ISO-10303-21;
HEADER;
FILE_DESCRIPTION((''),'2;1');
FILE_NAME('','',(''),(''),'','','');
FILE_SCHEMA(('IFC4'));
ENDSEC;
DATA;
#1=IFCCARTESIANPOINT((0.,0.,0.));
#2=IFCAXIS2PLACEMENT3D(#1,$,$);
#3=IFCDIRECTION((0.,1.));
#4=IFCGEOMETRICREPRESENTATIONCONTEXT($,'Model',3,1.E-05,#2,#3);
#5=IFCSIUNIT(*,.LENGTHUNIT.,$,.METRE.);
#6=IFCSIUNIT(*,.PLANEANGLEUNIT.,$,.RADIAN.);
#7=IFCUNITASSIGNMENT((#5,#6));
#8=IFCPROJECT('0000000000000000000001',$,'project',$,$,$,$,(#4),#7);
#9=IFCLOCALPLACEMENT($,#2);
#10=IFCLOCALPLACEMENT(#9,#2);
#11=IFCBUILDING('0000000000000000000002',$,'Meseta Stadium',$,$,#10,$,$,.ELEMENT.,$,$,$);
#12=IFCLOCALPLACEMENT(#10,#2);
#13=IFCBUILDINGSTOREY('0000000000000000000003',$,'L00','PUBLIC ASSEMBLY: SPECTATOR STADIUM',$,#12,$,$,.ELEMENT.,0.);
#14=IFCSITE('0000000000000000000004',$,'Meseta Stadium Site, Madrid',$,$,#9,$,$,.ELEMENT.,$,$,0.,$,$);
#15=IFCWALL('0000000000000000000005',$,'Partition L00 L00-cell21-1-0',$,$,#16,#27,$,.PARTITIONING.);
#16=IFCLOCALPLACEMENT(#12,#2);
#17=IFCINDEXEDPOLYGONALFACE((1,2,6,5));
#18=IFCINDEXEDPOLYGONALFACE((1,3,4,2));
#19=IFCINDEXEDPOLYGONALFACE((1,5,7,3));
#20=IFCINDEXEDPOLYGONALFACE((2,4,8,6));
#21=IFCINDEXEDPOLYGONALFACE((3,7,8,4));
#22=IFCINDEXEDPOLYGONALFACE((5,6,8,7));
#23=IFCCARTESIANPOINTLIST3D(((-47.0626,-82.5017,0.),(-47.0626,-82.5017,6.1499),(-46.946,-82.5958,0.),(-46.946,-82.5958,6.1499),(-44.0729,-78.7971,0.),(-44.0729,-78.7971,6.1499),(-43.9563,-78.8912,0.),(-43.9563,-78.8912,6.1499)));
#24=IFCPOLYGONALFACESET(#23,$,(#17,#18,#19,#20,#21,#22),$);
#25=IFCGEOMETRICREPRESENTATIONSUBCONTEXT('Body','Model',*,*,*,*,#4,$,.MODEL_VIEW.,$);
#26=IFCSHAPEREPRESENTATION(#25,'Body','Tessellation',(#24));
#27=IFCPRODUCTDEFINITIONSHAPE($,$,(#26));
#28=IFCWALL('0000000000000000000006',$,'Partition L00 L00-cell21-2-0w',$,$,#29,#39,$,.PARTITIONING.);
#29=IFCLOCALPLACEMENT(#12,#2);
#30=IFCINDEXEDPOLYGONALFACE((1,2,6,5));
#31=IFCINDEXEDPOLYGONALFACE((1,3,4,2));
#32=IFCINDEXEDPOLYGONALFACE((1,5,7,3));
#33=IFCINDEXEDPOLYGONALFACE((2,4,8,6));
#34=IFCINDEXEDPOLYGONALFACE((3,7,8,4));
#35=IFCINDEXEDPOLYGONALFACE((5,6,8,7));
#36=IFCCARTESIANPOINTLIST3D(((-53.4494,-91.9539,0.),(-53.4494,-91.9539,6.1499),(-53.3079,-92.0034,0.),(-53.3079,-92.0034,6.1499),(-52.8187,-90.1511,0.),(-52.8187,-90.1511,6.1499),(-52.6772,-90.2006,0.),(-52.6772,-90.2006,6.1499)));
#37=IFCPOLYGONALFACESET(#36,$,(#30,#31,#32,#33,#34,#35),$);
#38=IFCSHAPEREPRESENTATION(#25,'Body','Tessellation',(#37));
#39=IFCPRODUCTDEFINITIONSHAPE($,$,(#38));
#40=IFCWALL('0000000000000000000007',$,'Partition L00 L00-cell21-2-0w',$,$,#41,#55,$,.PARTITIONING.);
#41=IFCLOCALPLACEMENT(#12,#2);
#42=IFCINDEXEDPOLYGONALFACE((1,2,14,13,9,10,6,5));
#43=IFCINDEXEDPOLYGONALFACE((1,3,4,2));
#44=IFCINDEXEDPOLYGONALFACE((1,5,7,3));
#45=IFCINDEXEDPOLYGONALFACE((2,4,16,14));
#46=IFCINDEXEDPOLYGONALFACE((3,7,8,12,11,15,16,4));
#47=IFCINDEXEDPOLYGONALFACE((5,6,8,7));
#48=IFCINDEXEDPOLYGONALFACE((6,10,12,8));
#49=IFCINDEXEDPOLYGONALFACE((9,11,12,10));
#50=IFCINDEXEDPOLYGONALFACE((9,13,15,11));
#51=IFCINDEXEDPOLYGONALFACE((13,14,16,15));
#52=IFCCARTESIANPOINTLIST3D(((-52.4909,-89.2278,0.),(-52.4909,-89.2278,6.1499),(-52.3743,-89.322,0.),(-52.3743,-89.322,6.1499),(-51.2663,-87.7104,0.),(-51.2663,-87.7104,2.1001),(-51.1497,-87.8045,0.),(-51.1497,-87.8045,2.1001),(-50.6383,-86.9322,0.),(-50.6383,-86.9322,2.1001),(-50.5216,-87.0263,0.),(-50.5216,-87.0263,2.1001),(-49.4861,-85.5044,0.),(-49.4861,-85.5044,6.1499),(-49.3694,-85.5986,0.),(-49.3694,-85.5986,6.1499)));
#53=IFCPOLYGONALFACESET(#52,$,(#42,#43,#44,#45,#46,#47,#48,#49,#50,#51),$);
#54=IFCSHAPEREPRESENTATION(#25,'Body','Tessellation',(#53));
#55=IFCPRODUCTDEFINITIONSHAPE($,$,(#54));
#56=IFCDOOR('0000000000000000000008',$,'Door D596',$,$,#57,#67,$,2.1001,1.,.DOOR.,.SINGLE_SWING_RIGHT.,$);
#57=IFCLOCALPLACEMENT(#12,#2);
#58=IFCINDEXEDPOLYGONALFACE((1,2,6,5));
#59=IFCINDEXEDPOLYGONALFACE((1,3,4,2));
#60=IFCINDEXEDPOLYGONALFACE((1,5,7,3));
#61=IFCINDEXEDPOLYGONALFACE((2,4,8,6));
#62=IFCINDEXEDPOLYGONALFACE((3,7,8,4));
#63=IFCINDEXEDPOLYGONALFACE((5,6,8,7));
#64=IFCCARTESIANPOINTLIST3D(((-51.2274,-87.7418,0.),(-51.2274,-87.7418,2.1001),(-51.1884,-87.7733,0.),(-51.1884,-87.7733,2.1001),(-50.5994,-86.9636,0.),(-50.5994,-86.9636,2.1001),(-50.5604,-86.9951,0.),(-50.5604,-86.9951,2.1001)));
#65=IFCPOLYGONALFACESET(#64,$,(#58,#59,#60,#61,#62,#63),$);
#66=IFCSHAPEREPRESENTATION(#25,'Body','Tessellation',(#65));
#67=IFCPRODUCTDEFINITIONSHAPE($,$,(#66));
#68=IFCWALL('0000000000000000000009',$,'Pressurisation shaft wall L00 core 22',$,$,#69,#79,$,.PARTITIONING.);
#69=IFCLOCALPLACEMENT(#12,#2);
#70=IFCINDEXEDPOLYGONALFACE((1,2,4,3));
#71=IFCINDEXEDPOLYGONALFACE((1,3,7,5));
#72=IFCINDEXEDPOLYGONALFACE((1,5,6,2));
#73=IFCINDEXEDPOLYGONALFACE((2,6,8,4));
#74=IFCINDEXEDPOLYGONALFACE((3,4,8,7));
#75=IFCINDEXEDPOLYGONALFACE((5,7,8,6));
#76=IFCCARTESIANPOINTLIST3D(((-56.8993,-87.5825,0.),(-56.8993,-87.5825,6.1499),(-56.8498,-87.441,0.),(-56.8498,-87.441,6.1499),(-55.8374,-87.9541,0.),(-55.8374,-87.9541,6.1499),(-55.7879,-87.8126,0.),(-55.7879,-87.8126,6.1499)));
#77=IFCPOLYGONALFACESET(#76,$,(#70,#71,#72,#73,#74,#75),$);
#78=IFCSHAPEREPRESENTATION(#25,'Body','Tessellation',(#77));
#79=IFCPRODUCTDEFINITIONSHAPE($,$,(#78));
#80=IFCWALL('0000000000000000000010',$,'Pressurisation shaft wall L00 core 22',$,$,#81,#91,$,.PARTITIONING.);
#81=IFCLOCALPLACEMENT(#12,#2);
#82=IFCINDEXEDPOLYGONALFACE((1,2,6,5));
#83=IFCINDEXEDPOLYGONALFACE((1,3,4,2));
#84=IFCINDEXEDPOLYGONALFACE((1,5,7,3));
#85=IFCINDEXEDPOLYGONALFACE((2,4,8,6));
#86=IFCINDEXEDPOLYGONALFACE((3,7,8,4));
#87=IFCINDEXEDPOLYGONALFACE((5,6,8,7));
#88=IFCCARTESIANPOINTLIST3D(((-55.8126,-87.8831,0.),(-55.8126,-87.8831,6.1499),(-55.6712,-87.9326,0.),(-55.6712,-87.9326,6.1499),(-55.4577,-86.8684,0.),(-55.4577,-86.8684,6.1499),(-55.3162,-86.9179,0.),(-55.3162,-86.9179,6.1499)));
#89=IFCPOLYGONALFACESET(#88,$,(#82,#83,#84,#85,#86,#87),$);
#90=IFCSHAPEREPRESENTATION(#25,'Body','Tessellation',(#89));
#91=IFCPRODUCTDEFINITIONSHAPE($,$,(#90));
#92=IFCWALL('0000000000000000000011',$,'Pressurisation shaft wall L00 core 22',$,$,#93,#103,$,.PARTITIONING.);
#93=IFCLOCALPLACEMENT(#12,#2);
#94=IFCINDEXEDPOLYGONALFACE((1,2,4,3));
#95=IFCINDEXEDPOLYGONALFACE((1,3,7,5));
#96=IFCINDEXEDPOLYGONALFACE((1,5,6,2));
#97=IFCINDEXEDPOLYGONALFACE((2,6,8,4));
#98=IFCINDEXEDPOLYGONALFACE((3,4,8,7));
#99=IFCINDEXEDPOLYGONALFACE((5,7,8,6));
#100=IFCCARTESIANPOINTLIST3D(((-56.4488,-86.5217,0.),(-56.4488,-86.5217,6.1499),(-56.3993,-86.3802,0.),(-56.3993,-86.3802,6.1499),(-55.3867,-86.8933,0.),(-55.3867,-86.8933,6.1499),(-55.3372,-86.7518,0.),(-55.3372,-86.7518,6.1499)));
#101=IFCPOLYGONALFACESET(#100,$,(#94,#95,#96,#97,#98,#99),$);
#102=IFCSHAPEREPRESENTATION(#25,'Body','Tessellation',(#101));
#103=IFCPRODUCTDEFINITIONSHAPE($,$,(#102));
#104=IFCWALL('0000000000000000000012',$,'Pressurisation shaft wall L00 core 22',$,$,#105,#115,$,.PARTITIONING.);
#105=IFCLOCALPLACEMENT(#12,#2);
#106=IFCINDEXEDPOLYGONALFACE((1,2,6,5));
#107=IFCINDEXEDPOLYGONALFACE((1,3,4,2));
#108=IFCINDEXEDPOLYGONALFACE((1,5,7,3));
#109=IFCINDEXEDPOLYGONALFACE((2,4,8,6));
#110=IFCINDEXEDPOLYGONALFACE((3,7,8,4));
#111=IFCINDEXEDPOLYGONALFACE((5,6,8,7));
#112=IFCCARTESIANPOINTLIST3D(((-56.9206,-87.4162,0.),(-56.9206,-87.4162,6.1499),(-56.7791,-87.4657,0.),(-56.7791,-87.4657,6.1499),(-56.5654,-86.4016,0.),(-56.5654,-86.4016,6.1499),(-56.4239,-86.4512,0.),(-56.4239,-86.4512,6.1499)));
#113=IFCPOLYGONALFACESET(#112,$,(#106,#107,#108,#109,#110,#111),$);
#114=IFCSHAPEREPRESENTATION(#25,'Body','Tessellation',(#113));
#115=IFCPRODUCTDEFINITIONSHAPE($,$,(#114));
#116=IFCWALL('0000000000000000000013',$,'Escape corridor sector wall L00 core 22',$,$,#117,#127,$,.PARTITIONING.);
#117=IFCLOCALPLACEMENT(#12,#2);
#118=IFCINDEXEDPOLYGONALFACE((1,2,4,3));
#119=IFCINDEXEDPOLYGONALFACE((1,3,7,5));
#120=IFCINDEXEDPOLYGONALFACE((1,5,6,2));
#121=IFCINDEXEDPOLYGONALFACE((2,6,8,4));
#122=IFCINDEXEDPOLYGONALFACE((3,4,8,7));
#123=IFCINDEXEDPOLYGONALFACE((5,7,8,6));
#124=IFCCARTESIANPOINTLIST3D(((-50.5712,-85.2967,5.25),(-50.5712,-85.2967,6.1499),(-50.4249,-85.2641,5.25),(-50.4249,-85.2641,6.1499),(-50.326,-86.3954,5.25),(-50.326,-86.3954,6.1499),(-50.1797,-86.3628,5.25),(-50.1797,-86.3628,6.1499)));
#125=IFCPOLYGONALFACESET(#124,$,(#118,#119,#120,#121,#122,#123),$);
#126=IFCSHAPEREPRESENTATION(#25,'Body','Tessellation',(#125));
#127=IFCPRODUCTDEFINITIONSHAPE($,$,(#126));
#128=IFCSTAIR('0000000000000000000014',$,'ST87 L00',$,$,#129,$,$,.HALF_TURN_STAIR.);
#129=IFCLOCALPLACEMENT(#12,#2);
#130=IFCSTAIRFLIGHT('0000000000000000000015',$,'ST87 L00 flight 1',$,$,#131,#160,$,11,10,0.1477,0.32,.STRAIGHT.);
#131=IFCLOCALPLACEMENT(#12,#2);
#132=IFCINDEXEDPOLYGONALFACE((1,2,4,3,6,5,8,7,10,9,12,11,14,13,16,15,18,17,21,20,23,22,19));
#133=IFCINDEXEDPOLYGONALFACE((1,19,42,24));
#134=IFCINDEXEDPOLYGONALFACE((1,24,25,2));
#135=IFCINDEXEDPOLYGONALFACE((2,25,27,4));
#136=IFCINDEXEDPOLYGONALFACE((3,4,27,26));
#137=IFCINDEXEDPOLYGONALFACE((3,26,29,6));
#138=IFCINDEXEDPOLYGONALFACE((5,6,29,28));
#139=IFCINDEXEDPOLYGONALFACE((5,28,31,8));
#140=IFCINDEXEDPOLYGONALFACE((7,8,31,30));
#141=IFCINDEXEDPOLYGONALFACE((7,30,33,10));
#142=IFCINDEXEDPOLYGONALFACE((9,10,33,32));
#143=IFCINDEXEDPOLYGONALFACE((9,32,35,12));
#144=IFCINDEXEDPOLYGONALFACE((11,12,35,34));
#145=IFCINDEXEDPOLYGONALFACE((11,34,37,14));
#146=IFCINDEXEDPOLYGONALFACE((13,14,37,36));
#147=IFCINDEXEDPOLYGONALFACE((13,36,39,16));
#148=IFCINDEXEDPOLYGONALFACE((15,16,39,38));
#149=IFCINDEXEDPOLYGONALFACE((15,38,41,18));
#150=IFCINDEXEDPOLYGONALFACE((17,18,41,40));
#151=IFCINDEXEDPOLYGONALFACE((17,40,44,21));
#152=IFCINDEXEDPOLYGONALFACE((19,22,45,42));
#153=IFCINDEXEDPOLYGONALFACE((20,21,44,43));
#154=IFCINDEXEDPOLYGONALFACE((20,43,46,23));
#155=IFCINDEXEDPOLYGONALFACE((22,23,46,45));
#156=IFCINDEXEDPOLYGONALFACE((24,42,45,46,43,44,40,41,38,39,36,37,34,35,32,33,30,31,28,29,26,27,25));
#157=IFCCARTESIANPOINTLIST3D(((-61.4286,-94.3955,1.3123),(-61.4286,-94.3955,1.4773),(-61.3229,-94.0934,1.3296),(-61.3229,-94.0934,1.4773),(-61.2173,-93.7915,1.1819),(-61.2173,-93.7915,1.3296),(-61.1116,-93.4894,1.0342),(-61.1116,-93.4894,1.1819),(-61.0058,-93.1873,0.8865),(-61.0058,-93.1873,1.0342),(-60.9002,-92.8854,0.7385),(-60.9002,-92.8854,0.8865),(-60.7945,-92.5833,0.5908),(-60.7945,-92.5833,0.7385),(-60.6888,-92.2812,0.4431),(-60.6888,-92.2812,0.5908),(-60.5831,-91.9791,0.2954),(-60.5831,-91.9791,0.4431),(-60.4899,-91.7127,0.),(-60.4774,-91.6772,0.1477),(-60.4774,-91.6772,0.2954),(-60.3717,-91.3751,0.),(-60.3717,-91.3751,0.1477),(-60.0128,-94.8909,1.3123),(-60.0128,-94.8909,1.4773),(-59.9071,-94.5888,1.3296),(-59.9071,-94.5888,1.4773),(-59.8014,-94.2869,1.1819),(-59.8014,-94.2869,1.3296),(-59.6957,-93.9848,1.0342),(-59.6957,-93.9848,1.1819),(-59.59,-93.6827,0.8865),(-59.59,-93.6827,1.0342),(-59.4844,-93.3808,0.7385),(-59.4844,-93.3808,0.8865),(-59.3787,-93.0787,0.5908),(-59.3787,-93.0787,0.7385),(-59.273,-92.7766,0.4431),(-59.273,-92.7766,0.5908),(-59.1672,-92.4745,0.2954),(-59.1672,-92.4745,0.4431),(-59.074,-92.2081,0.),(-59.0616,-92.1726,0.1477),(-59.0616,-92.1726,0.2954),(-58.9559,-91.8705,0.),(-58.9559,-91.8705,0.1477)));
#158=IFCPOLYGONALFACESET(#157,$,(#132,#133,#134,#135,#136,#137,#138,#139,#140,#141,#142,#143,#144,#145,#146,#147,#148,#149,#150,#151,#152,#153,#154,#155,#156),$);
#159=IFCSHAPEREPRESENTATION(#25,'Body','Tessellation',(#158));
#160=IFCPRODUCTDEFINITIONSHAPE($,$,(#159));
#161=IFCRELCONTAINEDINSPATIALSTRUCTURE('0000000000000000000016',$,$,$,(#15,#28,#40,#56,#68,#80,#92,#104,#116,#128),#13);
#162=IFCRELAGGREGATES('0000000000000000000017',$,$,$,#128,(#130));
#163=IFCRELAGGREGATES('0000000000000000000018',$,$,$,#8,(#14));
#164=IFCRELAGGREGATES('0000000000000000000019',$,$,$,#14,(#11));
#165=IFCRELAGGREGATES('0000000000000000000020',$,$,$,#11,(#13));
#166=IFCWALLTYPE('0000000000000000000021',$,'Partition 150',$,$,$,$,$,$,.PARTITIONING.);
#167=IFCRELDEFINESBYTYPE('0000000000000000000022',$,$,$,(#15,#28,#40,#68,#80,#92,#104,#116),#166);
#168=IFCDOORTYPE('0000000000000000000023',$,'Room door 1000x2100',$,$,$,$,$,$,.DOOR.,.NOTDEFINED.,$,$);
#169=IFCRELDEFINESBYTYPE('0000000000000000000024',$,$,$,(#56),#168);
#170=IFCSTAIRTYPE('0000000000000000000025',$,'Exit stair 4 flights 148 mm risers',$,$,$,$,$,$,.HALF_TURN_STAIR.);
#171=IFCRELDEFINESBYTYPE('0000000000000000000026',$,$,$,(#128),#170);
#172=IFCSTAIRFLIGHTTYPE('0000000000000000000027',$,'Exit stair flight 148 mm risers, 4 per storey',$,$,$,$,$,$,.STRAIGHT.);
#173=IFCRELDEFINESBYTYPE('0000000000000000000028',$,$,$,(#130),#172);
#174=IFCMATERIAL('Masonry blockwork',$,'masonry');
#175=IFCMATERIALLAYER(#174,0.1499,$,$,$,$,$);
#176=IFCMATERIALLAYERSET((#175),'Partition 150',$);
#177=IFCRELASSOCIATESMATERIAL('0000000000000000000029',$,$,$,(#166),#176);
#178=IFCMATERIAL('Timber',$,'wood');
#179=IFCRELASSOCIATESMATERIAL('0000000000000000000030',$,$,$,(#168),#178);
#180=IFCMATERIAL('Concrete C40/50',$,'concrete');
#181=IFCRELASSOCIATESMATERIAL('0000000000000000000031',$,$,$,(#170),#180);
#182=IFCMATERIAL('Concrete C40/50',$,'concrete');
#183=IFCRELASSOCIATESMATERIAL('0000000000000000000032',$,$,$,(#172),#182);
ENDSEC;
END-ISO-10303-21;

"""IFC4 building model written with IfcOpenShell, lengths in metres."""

from ifc_helpers import new_model, si_unit, direction, frame, frame_2d, origin, place, context, subcontext, project, spatial, polyline, rectangle, outline, extrude, material, layer, layer_set, type_object, element, fill, aggregate, save


model = new_model("IFC4")

# Units and contexts
model_context = context("Model", 3, precision=1e-05, world=origin(), true_north=direction((0.0, 1.0)))
body_context = subcontext(model_context, "Body", "Model", "MODEL_VIEW")
ifc_project = project(units=[si_unit("LENGTHUNIT", "METRE"), si_unit("PLANEANGLEUNIT", "RADIAN")], contexts=[model_context])

# Site, building, storey
site_placement = place(None, origin())
site = spatial("IfcSite", under=ifc_project, at=site_placement, Name="Meseta Stadium Site, Madrid", CompositionType="ELEMENT", RefElevation=0.0)
building_placement = place(site_placement, origin())
building = spatial("IfcBuilding", under=site, at=building_placement, Name="Meseta Stadium", CompositionType="ELEMENT")
storey_placement = place(building_placement, origin())
storey = spatial("IfcBuildingStorey", under=building, at=storey_placement, Name="L00", Description="PUBLIC ASSEMBLY: SPECTATOR STADIUM", CompositionType="ELEMENT", Elevation=0.0)

# Walls
ifc_material_1 = material(Name="Masonry blockwork", Category="masonry")
ifc_layer_1 = layer(ifc_material_1, 0.1499)
ifc_layer_set_1 = layer_set([ifc_layer_1], Name="Partition 150")
wall_type_1 = type_object("IfcWallType", Name="Partition 150", PredefinedType="PARTITIONING", material=ifc_layer_set_1)
wall_1_placement = place(storey_placement, frame((-47.0044, -82.5488, 0.0), z_axis=(0.0, 0.0, 1.0), x_axis=(0.628029, 0.77819, 0.0)))
element("IfcWall", 1, at=wall_1_placement, inside=storey, type_object=wall_type_1, Name="Partition L00 L00-cell21-1-0", PredefinedType="PARTITIONING", context=body_context, shape_type="SweptSolid", body=[
    extrude(rectangle(XDim=4.7605, YDim=0.1499, at=frame_2d((2.3804, 0.0))), origin(), (0.0, 0.0, 1.0), 6.1499),
])
wall_2_placement = place(storey_placement, frame((-53.3787, -91.9788, 0.0), z_axis=(0.0, 0.0, 1.0), x_axis=(0.330191, 0.943914, 0.0)))
element("IfcWall", 2, at=wall_2_placement, inside=storey, type_object=wall_type_1, Name="Partition L00 L00-cell21-2-0w", PredefinedType="PARTITIONING", context=body_context, shape_type="SweptSolid", body=[
    extrude(rectangle(XDim=1.9099, YDim=0.1499, at=frame_2d((0.9551, 0.0))), origin(), (0.0, 0.0, 1.0), 6.1499),
])

# Wall, opening, door
wall_3_placement = place(storey_placement, frame((-52.4326, -89.2749, 0.0), z_axis=(0.0, 0.0, 1.0), x_axis=(0.628025, 0.778193, 0.0)))
wall_3 = element("IfcWall", 3, at=wall_3_placement, inside=storey, type_object=wall_type_1, Name="Partition L00 L00-cell21-2-0w", PredefinedType="PARTITIONING", context=body_context, shape_type="SweptSolid", body=[
    extrude(rectangle(XDim=4.7847, YDim=0.1499, at=frame_2d((2.3923, 0.0))), origin(), (0.0, 0.0, 1.0), 6.1499),
])
opening_1_placement = place(wall_3_placement, frame((1.95, 0.0, 0.0)))
opening_1 = element("IfcOpeningElement", 4, at=opening_1_placement, cuts=wall_3, PredefinedType="OPENING", context=body_context, shape_type="SweptSolid", body=[
    extrude(rectangle(XDim=1.0, YDim=2.1001, at=frame_2d((0.5, 1.05))), frame((0.0, 0.085, 0.0), z_axis=(0.0, -1.0, 0.0), x_axis=(1.0, 0.0, 0.0)), (0.0, 0.0, 1.0), 0.1699),
])
ifc_material_2 = material(Name="Timber", Category="wood")
door_type_1 = type_object("IfcDoorType", Name="Room door 1000x2100", OperationType="NOTDEFINED", PredefinedType="DOOR", material=ifc_material_2)
door_1_placement = place(opening_1_placement, origin())
door_1 = element("IfcDoor", 5, at=door_1_placement, inside=storey, type_object=door_type_1, Name="Door D596", OperationType="SINGLE_SWING_RIGHT", OverallHeight=2.1001, OverallWidth=1.0, PredefinedType="DOOR", context=body_context, shape_type="SweptSolid", body=[
    extrude(rectangle(XDim=1.0, YDim=2.1001, at=frame_2d((0.5, 1.05))), frame((0.0, 0.0249, 0.0), z_axis=(0.0, -1.0, 0.0), x_axis=(1.0, 0.0, 0.0)), (0.0, 0.0, 1.0), 0.05),
])
fill(opening_1, door_1)

# Walls
wall_4_placement = place(storey_placement, frame((-56.8745, -87.5117, 0.0), z_axis=(0.0, 0.0, 1.0), x_axis=(0.943869, -0.330321, 0.0)))
element("IfcWall", 6, at=wall_4_placement, inside=storey, type_object=wall_type_1, Name="Pressurisation shaft wall L00 core 22", PredefinedType="PARTITIONING", context=body_context, shape_type="SweptSolid", body=[
    extrude(rectangle(XDim=1.125, YDim=0.1499, at=frame_2d((0.5625, 0.0))), origin(), (0.0, 0.0, 1.0), 6.1499),
])
wall_5_placement = place(storey_placement, frame((-55.7419, -87.908, 0.0), z_axis=(0.0, 0.0, 1.0), x_axis=(0.330229, 0.943901, 0.0)))
element("IfcWall", 7, at=wall_5_placement, inside=storey, type_object=wall_type_1, Name="Pressurisation shaft wall L00 core 22", PredefinedType="PARTITIONING", context=body_context, shape_type="SweptSolid", body=[
    extrude(rectangle(XDim=1.075, YDim=0.1499, at=frame_2d((0.5376, 0.0))), origin(), (0.0, 0.0, 1.0), 6.1499),
])
wall_6_placement = place(storey_placement, frame((-55.3621, -86.8225, 0.0), z_axis=(0.0, 0.0, 1.0), x_axis=(-0.943892, 0.330254, 0.0)))
element("IfcWall", 8, at=wall_6_placement, inside=storey, type_object=wall_type_1, Name="Pressurisation shaft wall L00 core 22", PredefinedType="PARTITIONING", context=body_context, shape_type="SweptSolid", body=[
    extrude(rectangle(XDim=1.1252, YDim=0.1499, at=frame_2d((0.5625, 0.0))), origin(), (0.0, 0.0, 1.0), 6.1499),
])
wall_7_placement = place(storey_placement, frame((-56.4946, -86.4263, 0.0), z_axis=(0.0, 0.0, 1.0), x_axis=(-0.330431, -0.94383, 0.0)))
element("IfcWall", 9, at=wall_7_placement, inside=storey, type_object=wall_type_1, Name="Pressurisation shaft wall L00 core 22", PredefinedType="PARTITIONING", context=body_context, shape_type="SweptSolid", body=[
    extrude(rectangle(XDim=1.075, YDim=0.1499, at=frame_2d((0.5376, 0.0))), origin(), (0.0, 0.0, 1.0), 6.1499),
])
wall_8_placement = place(storey_placement, frame((-50.498, -85.2803, 5.25), z_axis=(0.0, 0.0, 1.0), x_axis=(0.217757, -0.976003, 0.0)))
element("IfcWall", 10, at=wall_8_placement, inside=storey, type_object=wall_type_1, Name="Escape corridor sector wall L00 core 22", PredefinedType="PARTITIONING", context=body_context, shape_type="SweptSolid", body=[
    extrude(rectangle(XDim=1.1257, YDim=0.1499, at=frame_2d((0.563, 0.0))), origin(), (0.0, 0.0, 1.0), 0.8999),
])

# Stair, stair flight
ifc_material_3 = material(Name="Concrete C40/50", Category="concrete")
stair_type = type_object("IfcStairType", Name="Exit stair 4 flights 148 mm risers", PredefinedType="HALF_TURN_STAIR", material=ifc_material_3)
stair_placement = place(storey_placement, origin())
stair = element("IfcStair", 11, at=stair_placement, inside=storey, type_object=stair_type, Name="ST87 L00", PredefinedType="HALF_TURN_STAIR")
ifc_material_4 = material(Name="Concrete C40/50", Category="concrete")
stair_flight_type = type_object("IfcStairFlightType", Name="Exit stair flight 148 mm risers, 4 per storey", PredefinedType="STRAIGHT", material=ifc_material_4)
stair_flight_1_placement = place(storey_placement, frame((-59.6638, -91.6228, 0.0), z_axis=(0.0, 0.0, 1.0), x_axis=(-0.330279, -0.943883, 0.0)))
stair_flight_1 = element("IfcStairFlight", 12, at=stair_flight_1_placement, type_object=stair_flight_type, Name="ST87 L00 flight 1", NumberOfRisers=11, NumberOfTreads=10, PredefinedType="STRAIGHT", RiserHeight=0.1477, TreadLength=0.32, context=body_context, shape_type="SweptSolid", body=[
    extrude(outline(polyline([(0.0, 0.0), (0.0, 0.1477), (0.3201, 0.1477), (0.3201, 0.2954), (0.6399, 0.2954), (0.6399, 0.4431), (0.96, 0.4431), (0.96, 0.5908), (1.28, 0.5908), (1.28, 0.7385), (1.6001, 0.7385), (1.6001, 0.8865), (1.9199, 0.8865), (1.9199, 1.0342), (2.24, 1.0342), (2.24, 1.1819), (2.5601, 1.1819), (2.5601, 1.3296), (2.8799, 1.3296), (2.8799, 1.4773), (3.2, 1.4773), (3.2, 1.3123), (0.3577, 0.0), (0.0, 0.0)])), frame((0.0, 0.75, 0.0), z_axis=(0.0, -1.0, 0.0), x_axis=(1.0, 0.0, 0.0)), (0.0, 0.0, 1.0), 1.5),
])
aggregate(stair, [stair_flight_1])

save(model, "model.ifc")
